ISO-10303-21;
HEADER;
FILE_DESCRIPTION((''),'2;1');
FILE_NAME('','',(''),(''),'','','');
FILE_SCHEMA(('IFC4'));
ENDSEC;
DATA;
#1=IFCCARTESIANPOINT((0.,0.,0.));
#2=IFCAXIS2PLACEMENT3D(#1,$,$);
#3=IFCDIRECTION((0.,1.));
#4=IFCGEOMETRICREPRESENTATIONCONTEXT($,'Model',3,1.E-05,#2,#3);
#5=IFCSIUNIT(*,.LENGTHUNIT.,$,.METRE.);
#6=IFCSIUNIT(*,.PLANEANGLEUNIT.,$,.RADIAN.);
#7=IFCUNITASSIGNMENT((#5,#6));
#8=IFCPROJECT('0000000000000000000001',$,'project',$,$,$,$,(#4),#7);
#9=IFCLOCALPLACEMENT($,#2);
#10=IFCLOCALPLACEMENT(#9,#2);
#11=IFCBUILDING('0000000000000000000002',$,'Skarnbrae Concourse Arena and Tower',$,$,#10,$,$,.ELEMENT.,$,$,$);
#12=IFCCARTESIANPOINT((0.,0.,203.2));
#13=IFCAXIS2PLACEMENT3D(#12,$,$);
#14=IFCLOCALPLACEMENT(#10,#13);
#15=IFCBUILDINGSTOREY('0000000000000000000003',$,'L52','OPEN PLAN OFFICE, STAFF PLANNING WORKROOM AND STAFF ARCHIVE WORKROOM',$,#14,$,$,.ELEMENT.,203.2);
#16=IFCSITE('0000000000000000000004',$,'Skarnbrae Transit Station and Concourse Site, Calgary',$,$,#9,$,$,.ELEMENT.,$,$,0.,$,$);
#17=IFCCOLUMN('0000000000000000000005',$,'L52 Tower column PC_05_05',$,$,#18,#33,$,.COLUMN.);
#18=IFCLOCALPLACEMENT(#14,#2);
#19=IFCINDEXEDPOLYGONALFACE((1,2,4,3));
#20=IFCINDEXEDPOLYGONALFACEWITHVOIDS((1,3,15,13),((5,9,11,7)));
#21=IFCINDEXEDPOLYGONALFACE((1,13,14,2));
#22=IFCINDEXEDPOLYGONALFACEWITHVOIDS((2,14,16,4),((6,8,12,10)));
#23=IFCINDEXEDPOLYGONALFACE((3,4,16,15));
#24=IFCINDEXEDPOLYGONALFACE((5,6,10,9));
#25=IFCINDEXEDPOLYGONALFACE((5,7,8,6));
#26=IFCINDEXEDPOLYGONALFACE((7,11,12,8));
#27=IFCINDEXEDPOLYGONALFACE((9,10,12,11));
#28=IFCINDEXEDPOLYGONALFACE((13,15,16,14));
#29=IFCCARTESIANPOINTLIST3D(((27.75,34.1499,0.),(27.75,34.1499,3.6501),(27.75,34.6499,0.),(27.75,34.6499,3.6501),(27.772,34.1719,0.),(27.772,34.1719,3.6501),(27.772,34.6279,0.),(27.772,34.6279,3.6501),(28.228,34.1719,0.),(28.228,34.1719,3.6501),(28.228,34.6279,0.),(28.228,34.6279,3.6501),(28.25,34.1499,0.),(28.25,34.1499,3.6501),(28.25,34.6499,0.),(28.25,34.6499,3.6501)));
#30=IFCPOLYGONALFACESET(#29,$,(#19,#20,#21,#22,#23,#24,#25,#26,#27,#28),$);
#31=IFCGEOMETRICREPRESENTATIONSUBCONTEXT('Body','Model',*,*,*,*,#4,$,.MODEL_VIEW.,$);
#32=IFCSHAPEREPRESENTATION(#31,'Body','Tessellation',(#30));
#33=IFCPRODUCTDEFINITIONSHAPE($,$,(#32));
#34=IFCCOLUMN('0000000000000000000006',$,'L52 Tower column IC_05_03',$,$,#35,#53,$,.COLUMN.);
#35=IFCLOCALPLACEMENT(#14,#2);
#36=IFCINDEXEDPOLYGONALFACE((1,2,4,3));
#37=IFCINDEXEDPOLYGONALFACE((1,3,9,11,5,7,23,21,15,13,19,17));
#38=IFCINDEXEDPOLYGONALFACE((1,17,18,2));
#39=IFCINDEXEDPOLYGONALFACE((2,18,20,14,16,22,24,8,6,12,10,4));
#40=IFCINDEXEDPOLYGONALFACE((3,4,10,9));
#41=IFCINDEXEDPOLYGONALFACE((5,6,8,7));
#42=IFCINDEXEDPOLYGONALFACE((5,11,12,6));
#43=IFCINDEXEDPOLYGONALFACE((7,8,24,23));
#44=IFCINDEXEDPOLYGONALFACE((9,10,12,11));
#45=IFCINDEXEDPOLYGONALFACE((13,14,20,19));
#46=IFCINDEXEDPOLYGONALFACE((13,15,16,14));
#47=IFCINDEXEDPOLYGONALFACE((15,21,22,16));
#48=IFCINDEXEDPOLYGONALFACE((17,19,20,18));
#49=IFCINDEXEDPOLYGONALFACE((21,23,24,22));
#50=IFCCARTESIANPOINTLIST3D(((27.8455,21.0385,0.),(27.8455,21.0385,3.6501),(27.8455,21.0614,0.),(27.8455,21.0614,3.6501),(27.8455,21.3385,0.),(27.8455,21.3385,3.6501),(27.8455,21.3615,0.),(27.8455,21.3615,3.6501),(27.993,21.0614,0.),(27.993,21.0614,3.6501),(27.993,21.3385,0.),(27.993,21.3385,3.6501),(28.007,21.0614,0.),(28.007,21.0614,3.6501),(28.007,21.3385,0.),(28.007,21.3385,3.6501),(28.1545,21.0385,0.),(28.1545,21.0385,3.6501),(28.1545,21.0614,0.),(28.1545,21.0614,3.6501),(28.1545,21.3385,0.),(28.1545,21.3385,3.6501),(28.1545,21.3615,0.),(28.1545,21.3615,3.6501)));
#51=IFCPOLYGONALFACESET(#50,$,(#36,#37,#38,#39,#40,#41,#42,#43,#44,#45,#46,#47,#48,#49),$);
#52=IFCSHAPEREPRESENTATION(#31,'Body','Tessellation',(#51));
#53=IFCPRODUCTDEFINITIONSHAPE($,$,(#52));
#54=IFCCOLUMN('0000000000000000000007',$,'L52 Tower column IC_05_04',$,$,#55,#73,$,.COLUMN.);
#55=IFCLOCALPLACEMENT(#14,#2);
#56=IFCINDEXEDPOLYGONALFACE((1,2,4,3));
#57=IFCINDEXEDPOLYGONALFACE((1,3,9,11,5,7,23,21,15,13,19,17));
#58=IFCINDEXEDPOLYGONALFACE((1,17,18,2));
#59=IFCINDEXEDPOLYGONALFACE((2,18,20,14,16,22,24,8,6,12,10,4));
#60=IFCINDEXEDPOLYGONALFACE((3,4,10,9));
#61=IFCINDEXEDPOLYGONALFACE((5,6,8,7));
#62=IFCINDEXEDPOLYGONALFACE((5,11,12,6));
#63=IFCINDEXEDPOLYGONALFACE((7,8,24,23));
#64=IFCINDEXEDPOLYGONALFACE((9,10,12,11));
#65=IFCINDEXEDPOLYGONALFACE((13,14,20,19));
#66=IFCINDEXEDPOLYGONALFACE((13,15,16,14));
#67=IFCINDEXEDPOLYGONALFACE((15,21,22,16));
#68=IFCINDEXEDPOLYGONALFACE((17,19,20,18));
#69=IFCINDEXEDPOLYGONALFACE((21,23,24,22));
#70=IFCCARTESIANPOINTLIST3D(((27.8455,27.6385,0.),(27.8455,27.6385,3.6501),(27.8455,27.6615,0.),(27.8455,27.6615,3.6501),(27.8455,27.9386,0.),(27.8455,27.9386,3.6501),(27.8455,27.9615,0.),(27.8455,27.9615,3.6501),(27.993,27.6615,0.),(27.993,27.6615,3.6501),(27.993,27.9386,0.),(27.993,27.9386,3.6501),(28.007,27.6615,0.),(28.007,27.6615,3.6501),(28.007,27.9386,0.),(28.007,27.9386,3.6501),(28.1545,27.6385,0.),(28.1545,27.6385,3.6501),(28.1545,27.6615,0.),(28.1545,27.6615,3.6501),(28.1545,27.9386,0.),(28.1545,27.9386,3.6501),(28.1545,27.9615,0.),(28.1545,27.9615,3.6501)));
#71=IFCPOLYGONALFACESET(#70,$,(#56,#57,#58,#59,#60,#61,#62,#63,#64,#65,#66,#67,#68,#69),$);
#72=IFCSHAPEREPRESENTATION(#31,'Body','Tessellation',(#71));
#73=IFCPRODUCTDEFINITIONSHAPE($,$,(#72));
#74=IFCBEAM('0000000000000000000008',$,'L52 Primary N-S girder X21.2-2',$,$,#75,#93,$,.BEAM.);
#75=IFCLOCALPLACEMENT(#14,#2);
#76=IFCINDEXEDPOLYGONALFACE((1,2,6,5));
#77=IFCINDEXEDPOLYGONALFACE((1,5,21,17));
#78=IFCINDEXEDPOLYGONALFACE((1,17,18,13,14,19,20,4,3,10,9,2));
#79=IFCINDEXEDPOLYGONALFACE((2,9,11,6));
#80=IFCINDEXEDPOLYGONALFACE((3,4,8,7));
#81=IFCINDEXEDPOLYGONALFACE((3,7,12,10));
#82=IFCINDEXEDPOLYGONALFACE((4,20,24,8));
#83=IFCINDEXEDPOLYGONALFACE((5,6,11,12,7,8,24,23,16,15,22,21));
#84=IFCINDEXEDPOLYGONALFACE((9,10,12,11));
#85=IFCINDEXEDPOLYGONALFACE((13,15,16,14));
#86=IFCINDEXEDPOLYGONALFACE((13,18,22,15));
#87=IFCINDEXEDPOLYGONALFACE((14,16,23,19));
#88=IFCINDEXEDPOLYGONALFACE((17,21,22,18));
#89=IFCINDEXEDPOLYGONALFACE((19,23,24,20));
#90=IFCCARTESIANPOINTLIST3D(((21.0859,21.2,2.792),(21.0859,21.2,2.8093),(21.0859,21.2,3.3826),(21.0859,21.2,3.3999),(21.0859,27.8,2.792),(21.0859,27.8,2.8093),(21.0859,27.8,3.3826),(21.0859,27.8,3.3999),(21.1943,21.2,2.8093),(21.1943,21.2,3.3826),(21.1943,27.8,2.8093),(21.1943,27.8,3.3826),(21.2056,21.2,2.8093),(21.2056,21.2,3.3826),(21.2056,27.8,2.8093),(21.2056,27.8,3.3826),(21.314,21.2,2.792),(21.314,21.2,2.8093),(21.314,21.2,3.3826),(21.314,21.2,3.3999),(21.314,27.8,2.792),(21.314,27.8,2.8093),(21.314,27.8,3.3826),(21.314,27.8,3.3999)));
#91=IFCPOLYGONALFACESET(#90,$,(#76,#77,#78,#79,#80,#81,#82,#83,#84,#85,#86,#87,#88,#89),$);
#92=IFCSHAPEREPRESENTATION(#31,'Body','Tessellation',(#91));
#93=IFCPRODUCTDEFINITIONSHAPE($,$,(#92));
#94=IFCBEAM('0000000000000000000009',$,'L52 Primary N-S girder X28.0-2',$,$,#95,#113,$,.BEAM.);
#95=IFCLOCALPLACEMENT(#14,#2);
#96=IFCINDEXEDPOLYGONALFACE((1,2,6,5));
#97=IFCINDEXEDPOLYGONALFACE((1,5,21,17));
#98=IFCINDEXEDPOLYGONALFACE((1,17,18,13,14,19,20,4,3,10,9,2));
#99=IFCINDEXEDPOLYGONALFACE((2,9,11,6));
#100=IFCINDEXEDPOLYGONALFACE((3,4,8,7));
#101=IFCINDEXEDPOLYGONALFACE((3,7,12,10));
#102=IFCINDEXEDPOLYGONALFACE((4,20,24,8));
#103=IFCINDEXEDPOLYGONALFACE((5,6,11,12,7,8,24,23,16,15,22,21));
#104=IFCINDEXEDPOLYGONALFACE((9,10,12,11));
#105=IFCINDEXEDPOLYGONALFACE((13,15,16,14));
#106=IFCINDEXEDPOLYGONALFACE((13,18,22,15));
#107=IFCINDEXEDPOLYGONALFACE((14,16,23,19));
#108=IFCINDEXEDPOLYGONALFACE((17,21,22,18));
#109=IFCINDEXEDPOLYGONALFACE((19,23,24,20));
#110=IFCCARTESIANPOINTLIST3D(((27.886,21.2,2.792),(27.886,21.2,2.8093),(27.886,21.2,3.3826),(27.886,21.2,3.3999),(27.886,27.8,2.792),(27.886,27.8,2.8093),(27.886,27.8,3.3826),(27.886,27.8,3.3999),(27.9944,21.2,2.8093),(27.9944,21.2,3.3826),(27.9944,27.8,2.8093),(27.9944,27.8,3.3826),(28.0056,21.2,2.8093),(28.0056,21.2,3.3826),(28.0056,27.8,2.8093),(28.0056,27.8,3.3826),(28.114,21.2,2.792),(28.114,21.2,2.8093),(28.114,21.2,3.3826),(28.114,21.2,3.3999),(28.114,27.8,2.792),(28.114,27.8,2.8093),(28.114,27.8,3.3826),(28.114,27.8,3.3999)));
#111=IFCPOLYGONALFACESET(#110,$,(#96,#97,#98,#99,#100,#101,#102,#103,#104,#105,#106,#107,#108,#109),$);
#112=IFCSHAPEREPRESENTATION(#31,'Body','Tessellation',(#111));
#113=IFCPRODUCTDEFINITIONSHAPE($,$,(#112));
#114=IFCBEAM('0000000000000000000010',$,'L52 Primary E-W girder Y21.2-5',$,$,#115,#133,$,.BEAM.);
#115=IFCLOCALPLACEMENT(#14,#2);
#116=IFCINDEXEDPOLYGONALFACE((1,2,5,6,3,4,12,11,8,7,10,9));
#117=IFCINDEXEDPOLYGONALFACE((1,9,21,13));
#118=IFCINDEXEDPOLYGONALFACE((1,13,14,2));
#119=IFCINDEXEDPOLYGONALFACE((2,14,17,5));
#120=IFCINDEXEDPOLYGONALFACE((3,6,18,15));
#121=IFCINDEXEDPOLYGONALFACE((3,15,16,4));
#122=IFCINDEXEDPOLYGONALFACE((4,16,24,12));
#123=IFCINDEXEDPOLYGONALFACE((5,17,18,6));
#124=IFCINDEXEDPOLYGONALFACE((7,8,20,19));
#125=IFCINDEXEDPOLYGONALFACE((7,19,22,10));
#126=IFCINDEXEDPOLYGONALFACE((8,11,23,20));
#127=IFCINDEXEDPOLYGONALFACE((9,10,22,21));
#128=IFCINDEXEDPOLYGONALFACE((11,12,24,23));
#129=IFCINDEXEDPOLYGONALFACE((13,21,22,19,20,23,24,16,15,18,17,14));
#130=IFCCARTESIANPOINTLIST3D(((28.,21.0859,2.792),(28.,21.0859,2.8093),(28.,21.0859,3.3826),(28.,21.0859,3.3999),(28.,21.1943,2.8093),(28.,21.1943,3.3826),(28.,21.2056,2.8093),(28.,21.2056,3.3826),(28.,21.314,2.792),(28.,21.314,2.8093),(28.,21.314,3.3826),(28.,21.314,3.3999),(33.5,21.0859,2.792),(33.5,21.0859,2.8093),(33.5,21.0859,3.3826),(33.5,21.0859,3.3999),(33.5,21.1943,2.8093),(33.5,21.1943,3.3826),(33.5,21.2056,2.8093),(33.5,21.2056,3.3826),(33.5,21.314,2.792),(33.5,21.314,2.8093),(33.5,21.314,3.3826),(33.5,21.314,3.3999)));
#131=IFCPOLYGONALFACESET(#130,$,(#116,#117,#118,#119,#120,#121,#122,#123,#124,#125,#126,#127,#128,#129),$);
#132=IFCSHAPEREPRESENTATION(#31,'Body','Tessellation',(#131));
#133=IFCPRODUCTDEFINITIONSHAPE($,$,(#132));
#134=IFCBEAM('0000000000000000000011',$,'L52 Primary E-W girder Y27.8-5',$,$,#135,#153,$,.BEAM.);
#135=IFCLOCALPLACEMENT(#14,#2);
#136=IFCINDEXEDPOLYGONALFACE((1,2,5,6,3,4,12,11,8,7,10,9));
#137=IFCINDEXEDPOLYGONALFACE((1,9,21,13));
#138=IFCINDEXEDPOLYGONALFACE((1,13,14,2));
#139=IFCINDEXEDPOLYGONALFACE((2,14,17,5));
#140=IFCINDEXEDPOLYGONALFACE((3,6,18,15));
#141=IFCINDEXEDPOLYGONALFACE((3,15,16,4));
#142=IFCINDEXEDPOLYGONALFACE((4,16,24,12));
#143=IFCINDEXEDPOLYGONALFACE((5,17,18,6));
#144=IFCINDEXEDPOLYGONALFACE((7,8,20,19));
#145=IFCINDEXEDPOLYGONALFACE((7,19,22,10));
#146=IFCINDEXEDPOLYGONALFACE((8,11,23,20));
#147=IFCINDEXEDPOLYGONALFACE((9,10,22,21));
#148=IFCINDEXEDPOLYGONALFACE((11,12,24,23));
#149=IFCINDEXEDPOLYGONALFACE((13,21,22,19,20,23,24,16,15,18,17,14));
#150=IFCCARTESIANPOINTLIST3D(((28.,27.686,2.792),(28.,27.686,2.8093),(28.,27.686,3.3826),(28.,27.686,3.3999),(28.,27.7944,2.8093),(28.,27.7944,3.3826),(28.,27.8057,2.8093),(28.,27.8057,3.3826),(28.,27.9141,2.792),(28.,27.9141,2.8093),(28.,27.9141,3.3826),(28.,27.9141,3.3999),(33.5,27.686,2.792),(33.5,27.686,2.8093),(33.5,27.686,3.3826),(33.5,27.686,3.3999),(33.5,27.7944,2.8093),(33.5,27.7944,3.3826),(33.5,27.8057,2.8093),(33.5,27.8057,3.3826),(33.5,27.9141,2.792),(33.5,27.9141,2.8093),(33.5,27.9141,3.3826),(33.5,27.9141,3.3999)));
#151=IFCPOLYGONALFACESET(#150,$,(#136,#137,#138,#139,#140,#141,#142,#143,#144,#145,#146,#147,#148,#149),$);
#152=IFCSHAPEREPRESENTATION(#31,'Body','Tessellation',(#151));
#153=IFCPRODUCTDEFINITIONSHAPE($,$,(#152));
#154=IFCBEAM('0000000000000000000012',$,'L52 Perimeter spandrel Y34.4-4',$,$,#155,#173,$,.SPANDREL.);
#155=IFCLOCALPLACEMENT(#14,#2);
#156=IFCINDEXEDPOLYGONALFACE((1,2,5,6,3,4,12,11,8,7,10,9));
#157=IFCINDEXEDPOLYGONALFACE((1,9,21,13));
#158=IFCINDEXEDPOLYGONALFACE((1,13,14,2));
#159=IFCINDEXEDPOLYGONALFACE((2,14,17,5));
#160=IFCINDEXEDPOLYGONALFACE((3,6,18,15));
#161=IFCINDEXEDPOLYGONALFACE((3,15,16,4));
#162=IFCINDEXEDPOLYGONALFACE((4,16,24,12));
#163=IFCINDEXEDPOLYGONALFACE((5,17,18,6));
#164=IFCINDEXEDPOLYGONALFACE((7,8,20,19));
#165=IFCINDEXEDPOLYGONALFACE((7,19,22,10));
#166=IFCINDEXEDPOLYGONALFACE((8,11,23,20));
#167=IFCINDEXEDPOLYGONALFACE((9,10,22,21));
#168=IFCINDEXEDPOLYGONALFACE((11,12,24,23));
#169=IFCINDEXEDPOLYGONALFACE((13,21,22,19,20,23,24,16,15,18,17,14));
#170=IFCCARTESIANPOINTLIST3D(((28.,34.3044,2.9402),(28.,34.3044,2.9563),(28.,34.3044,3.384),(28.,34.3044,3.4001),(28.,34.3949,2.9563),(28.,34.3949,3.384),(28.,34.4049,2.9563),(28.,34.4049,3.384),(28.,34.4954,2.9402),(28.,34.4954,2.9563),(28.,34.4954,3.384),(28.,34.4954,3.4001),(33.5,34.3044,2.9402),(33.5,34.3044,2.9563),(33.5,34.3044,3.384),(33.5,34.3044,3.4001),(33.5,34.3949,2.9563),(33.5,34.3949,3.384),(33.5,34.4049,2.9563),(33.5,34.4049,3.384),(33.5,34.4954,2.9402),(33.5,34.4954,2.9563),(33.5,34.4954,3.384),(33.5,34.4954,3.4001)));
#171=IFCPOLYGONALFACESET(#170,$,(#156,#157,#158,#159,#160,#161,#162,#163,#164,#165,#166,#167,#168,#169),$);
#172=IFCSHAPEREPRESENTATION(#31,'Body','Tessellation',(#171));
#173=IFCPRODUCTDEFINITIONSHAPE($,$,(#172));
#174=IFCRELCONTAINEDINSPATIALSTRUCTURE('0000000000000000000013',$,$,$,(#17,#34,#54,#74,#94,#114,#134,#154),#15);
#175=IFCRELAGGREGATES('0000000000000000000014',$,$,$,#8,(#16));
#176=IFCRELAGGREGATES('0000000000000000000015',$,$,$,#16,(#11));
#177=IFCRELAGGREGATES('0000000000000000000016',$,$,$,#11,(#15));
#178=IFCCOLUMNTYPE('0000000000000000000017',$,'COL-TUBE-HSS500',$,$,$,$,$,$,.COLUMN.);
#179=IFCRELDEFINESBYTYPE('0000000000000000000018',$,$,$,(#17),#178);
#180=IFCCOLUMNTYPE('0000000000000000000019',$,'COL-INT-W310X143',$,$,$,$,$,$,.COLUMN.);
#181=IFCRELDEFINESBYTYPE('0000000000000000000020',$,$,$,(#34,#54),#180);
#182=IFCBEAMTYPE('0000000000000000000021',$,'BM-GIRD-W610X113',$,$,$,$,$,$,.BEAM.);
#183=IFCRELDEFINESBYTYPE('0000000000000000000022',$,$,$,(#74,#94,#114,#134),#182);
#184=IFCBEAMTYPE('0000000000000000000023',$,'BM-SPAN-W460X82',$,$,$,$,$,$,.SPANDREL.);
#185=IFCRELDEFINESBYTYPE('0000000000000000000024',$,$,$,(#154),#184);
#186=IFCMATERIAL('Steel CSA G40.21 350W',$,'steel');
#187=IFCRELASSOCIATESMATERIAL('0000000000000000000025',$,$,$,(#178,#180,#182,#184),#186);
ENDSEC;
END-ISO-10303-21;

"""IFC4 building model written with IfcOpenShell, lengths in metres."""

from ifc_helpers import new_model, si_unit, direction, frame, origin, origin_2d, place, context, subcontext, project, spatial, hollow_rectangle, i_section, extrude, source, transform, mapped, material, material_profile, profile_set, type_object, element, save


model = new_model("IFC4")

# Units and contexts
model_context = context("Model", 3, precision=1e-05, world=origin(), true_north=direction((0.0, 1.0)))
body_context = subcontext(model_context, "Body", "Model", "MODEL_VIEW")
ifc_project = project(units=[si_unit("LENGTHUNIT", "METRE"), si_unit("PLANEANGLEUNIT", "RADIAN")], contexts=[model_context])

# Site, building, storey
site_placement = place(None, origin())
site = spatial("IfcSite", under=ifc_project, at=site_placement, Name="Skarnbrae Transit Station and Concourse Site, Calgary", CompositionType="ELEMENT", RefElevation=0.0)
building_placement = place(site_placement, origin())
building = spatial("IfcBuilding", under=site, at=building_placement, Name="Skarnbrae Concourse Arena and Tower", CompositionType="ELEMENT")
storey_placement = place(building_placement, frame((0.0, 0.0, 203.2)))
storey = spatial("IfcBuildingStorey", under=building, at=storey_placement, Name="L52", Description="OPEN PLAN OFFICE, STAFF PLANNING WORKROOM AND STAFF ARCHIVE WORKROOM", CompositionType="ELEMENT", Elevation=203.2)

# Columns
ifc_material_1 = material(Name="Steel CSA G40.21 350W", Category="steel")
ifc_material_profile_1 = material_profile(ifc_material_1, hollow_rectangle(XDim=0.5, YDim=0.5, WallThickness=0.022, at=origin_2d()), Name="HSS500X500X22.0")
ifc_profile_set_1 = profile_set([ifc_material_profile_1], Name="Steel CSA G40.21 350W")
column_type_1 = type_object("IfcColumnType", Name="COL-TUBE-HSS500", PredefinedType="COLUMN", material=ifc_profile_set_1)
shared_shape_1 = source(origin(), body_context, "Body", "SweptSolid", [
    extrude(hollow_rectangle(XDim=0.5, YDim=0.5, WallThickness=0.022, at=origin_2d()), origin(), (0.0, 0.0, 1.0), 3.6501),
])
column_placement = place(storey_placement, frame((28.0, 34.3999, 0.0), z_axis=(0.0, 0.0, 1.0), x_axis=(1.0, 0.0, 0.0)))
element("IfcColumn", 1, at=column_placement, inside=storey, type_object=column_type_1, Name="L52 Tower column PC_05_05", PredefinedType="COLUMN", context=body_context, shape_type="MappedRepresentation", body=[
    mapped(shared_shape_1, transform((0.0, 0.0, 0.0))),
])
ifc_material_profile_2 = material_profile(ifc_material_1, i_section(OverallWidth=0.3091, OverallDepth=0.323, WebThickness=0.0139, FlangeThickness=0.0229, at=origin_2d()), Name="W310X143")
ifc_profile_set_2 = profile_set([ifc_material_profile_2], Name="Steel CSA G40.21 350W")
column_type_2 = type_object("IfcColumnType", Name="COL-INT-W310X143", PredefinedType="COLUMN", material=ifc_profile_set_2)
shared_shape_2 = source(origin(), body_context, "Body", "SweptSolid", [
    extrude(i_section(OverallWidth=0.3091, OverallDepth=0.323, WebThickness=0.0139, FlangeThickness=0.0229, at=origin_2d()), origin(), (0.0, 0.0, 1.0), 3.6501),
])
for number, where, z_axis, x_axis, name in (
    (2, (28.0, 21.2, 0.0), (0.0, 0.0, 1.0), (1.0, 0.0, 0.0), "L52 Tower column IC_05_03"),
    (3, (28.0, 27.8, 0.0), (0.0, 0.0, 1.0), (1.0, 0.0, 0.0), "L52 Tower column IC_05_04"),
):
    element("IfcColumn", number, at=place(storey_placement, frame(where, z_axis=z_axis, x_axis=x_axis)), inside=storey, type_object=column_type_2, Name=name, PredefinedType="COLUMN", context=body_context, shape_type="MappedRepresentation", body=[
        mapped(shared_shape_2, transform((0.0, 0.0, 0.0))),
    ])

# Beams
ifc_material_profile_3 = material_profile(ifc_material_1, i_section(OverallWidth=0.228, OverallDepth=0.6079, WebThickness=0.0112, FlangeThickness=0.0173, at=origin_2d()), Name="W610X113")
ifc_profile_set_3 = profile_set([ifc_material_profile_3], Name="Steel CSA G40.21 350W")
beam_type_1 = type_object("IfcBeamType", Name="BM-GIRD-W610X113", PredefinedType="BEAM", material=ifc_profile_set_3)
shared_shape_3 = source(origin(), body_context, "Body", "SweptSolid", [
    extrude(i_section(OverallWidth=0.228, OverallDepth=0.6079, WebThickness=0.0112, FlangeThickness=0.0173, at=origin_2d()), origin(), (0.0, 0.0, 1.0), 6.6001),
])
for number, where, z_axis, x_axis, name in (
    (4, (21.2, 21.2, 3.0959), (0.0, 1.0, 0.0), (-1.0, 0.0, 0.0), "L52 Primary N-S girder X21.2-2"),
    (5, (28.0, 21.2, 3.0959), (0.0, 1.0, 0.0), (-1.0, 0.0, 0.0), "L52 Primary N-S girder X28.0-2"),
):
    element("IfcBeam", number, at=place(storey_placement, frame(where, z_axis=z_axis, x_axis=x_axis)), inside=storey, type_object=beam_type_1, Name=name, PredefinedType="BEAM", context=body_context, shape_type="MappedRepresentation", body=[
        mapped(shared_shape_3, transform((0.0, 0.0, 0.0))),
    ])
shared_shape_4 = source(origin(), body_context, "Body", "SweptSolid", [
    extrude(i_section(OverallWidth=0.228, OverallDepth=0.6079, WebThickness=0.0112, FlangeThickness=0.0173, at=origin_2d()), origin(), (0.0, 0.0, 1.0), 5.5),
])
for number, where, z_axis, x_axis, name in (
    (6, (28.0, 21.2, 3.0959), (1.0, 0.0, 0.0), (0.0, 1.0, 0.0), "L52 Primary E-W girder Y21.2-5"),
    (7, (28.0, 27.8, 3.0959), (1.0, 0.0, 0.0), (0.0, 1.0, 0.0), "L52 Primary E-W girder Y27.8-5"),
):
    element("IfcBeam", number, at=place(storey_placement, frame(where, z_axis=z_axis, x_axis=x_axis)), inside=storey, type_object=beam_type_1, Name=name, PredefinedType="BEAM", context=body_context, shape_type="MappedRepresentation", body=[
        mapped(shared_shape_4, transform((0.0, 0.0, 0.0))),
    ])
ifc_material_profile_4 = material_profile(ifc_material_1, i_section(OverallWidth=0.1909, OverallDepth=0.46, WebThickness=0.01, FlangeThickness=0.0161, at=origin_2d()), Name="W460X82")
ifc_profile_set_4 = profile_set([ifc_material_profile_4], Name="Steel CSA G40.21 350W")
beam_type_2 = type_object("IfcBeamType", Name="BM-SPAN-W460X82", PredefinedType="SPANDREL", material=ifc_profile_set_4)
shared_shape_5 = source(origin(), body_context, "Body", "SweptSolid", [
    extrude(i_section(OverallWidth=0.1909, OverallDepth=0.46, WebThickness=0.01, FlangeThickness=0.0161, at=origin_2d()), origin(), (0.0, 0.0, 1.0), 5.5),
])
beam_placement = place(storey_placement, frame((28.0, 34.3999, 3.1702), z_axis=(1.0, 0.0, 0.0), x_axis=(0.0, 1.0, 0.0)))
element("IfcBeam", 8, at=beam_placement, inside=storey, type_object=beam_type_2, Name="L52 Perimeter spandrel Y34.4-4", PredefinedType="SPANDREL", context=body_context, shape_type="MappedRepresentation", body=[
    mapped(shared_shape_5, transform((0.0, 0.0, 0.0))),
])

save(model, "model.ifc")
